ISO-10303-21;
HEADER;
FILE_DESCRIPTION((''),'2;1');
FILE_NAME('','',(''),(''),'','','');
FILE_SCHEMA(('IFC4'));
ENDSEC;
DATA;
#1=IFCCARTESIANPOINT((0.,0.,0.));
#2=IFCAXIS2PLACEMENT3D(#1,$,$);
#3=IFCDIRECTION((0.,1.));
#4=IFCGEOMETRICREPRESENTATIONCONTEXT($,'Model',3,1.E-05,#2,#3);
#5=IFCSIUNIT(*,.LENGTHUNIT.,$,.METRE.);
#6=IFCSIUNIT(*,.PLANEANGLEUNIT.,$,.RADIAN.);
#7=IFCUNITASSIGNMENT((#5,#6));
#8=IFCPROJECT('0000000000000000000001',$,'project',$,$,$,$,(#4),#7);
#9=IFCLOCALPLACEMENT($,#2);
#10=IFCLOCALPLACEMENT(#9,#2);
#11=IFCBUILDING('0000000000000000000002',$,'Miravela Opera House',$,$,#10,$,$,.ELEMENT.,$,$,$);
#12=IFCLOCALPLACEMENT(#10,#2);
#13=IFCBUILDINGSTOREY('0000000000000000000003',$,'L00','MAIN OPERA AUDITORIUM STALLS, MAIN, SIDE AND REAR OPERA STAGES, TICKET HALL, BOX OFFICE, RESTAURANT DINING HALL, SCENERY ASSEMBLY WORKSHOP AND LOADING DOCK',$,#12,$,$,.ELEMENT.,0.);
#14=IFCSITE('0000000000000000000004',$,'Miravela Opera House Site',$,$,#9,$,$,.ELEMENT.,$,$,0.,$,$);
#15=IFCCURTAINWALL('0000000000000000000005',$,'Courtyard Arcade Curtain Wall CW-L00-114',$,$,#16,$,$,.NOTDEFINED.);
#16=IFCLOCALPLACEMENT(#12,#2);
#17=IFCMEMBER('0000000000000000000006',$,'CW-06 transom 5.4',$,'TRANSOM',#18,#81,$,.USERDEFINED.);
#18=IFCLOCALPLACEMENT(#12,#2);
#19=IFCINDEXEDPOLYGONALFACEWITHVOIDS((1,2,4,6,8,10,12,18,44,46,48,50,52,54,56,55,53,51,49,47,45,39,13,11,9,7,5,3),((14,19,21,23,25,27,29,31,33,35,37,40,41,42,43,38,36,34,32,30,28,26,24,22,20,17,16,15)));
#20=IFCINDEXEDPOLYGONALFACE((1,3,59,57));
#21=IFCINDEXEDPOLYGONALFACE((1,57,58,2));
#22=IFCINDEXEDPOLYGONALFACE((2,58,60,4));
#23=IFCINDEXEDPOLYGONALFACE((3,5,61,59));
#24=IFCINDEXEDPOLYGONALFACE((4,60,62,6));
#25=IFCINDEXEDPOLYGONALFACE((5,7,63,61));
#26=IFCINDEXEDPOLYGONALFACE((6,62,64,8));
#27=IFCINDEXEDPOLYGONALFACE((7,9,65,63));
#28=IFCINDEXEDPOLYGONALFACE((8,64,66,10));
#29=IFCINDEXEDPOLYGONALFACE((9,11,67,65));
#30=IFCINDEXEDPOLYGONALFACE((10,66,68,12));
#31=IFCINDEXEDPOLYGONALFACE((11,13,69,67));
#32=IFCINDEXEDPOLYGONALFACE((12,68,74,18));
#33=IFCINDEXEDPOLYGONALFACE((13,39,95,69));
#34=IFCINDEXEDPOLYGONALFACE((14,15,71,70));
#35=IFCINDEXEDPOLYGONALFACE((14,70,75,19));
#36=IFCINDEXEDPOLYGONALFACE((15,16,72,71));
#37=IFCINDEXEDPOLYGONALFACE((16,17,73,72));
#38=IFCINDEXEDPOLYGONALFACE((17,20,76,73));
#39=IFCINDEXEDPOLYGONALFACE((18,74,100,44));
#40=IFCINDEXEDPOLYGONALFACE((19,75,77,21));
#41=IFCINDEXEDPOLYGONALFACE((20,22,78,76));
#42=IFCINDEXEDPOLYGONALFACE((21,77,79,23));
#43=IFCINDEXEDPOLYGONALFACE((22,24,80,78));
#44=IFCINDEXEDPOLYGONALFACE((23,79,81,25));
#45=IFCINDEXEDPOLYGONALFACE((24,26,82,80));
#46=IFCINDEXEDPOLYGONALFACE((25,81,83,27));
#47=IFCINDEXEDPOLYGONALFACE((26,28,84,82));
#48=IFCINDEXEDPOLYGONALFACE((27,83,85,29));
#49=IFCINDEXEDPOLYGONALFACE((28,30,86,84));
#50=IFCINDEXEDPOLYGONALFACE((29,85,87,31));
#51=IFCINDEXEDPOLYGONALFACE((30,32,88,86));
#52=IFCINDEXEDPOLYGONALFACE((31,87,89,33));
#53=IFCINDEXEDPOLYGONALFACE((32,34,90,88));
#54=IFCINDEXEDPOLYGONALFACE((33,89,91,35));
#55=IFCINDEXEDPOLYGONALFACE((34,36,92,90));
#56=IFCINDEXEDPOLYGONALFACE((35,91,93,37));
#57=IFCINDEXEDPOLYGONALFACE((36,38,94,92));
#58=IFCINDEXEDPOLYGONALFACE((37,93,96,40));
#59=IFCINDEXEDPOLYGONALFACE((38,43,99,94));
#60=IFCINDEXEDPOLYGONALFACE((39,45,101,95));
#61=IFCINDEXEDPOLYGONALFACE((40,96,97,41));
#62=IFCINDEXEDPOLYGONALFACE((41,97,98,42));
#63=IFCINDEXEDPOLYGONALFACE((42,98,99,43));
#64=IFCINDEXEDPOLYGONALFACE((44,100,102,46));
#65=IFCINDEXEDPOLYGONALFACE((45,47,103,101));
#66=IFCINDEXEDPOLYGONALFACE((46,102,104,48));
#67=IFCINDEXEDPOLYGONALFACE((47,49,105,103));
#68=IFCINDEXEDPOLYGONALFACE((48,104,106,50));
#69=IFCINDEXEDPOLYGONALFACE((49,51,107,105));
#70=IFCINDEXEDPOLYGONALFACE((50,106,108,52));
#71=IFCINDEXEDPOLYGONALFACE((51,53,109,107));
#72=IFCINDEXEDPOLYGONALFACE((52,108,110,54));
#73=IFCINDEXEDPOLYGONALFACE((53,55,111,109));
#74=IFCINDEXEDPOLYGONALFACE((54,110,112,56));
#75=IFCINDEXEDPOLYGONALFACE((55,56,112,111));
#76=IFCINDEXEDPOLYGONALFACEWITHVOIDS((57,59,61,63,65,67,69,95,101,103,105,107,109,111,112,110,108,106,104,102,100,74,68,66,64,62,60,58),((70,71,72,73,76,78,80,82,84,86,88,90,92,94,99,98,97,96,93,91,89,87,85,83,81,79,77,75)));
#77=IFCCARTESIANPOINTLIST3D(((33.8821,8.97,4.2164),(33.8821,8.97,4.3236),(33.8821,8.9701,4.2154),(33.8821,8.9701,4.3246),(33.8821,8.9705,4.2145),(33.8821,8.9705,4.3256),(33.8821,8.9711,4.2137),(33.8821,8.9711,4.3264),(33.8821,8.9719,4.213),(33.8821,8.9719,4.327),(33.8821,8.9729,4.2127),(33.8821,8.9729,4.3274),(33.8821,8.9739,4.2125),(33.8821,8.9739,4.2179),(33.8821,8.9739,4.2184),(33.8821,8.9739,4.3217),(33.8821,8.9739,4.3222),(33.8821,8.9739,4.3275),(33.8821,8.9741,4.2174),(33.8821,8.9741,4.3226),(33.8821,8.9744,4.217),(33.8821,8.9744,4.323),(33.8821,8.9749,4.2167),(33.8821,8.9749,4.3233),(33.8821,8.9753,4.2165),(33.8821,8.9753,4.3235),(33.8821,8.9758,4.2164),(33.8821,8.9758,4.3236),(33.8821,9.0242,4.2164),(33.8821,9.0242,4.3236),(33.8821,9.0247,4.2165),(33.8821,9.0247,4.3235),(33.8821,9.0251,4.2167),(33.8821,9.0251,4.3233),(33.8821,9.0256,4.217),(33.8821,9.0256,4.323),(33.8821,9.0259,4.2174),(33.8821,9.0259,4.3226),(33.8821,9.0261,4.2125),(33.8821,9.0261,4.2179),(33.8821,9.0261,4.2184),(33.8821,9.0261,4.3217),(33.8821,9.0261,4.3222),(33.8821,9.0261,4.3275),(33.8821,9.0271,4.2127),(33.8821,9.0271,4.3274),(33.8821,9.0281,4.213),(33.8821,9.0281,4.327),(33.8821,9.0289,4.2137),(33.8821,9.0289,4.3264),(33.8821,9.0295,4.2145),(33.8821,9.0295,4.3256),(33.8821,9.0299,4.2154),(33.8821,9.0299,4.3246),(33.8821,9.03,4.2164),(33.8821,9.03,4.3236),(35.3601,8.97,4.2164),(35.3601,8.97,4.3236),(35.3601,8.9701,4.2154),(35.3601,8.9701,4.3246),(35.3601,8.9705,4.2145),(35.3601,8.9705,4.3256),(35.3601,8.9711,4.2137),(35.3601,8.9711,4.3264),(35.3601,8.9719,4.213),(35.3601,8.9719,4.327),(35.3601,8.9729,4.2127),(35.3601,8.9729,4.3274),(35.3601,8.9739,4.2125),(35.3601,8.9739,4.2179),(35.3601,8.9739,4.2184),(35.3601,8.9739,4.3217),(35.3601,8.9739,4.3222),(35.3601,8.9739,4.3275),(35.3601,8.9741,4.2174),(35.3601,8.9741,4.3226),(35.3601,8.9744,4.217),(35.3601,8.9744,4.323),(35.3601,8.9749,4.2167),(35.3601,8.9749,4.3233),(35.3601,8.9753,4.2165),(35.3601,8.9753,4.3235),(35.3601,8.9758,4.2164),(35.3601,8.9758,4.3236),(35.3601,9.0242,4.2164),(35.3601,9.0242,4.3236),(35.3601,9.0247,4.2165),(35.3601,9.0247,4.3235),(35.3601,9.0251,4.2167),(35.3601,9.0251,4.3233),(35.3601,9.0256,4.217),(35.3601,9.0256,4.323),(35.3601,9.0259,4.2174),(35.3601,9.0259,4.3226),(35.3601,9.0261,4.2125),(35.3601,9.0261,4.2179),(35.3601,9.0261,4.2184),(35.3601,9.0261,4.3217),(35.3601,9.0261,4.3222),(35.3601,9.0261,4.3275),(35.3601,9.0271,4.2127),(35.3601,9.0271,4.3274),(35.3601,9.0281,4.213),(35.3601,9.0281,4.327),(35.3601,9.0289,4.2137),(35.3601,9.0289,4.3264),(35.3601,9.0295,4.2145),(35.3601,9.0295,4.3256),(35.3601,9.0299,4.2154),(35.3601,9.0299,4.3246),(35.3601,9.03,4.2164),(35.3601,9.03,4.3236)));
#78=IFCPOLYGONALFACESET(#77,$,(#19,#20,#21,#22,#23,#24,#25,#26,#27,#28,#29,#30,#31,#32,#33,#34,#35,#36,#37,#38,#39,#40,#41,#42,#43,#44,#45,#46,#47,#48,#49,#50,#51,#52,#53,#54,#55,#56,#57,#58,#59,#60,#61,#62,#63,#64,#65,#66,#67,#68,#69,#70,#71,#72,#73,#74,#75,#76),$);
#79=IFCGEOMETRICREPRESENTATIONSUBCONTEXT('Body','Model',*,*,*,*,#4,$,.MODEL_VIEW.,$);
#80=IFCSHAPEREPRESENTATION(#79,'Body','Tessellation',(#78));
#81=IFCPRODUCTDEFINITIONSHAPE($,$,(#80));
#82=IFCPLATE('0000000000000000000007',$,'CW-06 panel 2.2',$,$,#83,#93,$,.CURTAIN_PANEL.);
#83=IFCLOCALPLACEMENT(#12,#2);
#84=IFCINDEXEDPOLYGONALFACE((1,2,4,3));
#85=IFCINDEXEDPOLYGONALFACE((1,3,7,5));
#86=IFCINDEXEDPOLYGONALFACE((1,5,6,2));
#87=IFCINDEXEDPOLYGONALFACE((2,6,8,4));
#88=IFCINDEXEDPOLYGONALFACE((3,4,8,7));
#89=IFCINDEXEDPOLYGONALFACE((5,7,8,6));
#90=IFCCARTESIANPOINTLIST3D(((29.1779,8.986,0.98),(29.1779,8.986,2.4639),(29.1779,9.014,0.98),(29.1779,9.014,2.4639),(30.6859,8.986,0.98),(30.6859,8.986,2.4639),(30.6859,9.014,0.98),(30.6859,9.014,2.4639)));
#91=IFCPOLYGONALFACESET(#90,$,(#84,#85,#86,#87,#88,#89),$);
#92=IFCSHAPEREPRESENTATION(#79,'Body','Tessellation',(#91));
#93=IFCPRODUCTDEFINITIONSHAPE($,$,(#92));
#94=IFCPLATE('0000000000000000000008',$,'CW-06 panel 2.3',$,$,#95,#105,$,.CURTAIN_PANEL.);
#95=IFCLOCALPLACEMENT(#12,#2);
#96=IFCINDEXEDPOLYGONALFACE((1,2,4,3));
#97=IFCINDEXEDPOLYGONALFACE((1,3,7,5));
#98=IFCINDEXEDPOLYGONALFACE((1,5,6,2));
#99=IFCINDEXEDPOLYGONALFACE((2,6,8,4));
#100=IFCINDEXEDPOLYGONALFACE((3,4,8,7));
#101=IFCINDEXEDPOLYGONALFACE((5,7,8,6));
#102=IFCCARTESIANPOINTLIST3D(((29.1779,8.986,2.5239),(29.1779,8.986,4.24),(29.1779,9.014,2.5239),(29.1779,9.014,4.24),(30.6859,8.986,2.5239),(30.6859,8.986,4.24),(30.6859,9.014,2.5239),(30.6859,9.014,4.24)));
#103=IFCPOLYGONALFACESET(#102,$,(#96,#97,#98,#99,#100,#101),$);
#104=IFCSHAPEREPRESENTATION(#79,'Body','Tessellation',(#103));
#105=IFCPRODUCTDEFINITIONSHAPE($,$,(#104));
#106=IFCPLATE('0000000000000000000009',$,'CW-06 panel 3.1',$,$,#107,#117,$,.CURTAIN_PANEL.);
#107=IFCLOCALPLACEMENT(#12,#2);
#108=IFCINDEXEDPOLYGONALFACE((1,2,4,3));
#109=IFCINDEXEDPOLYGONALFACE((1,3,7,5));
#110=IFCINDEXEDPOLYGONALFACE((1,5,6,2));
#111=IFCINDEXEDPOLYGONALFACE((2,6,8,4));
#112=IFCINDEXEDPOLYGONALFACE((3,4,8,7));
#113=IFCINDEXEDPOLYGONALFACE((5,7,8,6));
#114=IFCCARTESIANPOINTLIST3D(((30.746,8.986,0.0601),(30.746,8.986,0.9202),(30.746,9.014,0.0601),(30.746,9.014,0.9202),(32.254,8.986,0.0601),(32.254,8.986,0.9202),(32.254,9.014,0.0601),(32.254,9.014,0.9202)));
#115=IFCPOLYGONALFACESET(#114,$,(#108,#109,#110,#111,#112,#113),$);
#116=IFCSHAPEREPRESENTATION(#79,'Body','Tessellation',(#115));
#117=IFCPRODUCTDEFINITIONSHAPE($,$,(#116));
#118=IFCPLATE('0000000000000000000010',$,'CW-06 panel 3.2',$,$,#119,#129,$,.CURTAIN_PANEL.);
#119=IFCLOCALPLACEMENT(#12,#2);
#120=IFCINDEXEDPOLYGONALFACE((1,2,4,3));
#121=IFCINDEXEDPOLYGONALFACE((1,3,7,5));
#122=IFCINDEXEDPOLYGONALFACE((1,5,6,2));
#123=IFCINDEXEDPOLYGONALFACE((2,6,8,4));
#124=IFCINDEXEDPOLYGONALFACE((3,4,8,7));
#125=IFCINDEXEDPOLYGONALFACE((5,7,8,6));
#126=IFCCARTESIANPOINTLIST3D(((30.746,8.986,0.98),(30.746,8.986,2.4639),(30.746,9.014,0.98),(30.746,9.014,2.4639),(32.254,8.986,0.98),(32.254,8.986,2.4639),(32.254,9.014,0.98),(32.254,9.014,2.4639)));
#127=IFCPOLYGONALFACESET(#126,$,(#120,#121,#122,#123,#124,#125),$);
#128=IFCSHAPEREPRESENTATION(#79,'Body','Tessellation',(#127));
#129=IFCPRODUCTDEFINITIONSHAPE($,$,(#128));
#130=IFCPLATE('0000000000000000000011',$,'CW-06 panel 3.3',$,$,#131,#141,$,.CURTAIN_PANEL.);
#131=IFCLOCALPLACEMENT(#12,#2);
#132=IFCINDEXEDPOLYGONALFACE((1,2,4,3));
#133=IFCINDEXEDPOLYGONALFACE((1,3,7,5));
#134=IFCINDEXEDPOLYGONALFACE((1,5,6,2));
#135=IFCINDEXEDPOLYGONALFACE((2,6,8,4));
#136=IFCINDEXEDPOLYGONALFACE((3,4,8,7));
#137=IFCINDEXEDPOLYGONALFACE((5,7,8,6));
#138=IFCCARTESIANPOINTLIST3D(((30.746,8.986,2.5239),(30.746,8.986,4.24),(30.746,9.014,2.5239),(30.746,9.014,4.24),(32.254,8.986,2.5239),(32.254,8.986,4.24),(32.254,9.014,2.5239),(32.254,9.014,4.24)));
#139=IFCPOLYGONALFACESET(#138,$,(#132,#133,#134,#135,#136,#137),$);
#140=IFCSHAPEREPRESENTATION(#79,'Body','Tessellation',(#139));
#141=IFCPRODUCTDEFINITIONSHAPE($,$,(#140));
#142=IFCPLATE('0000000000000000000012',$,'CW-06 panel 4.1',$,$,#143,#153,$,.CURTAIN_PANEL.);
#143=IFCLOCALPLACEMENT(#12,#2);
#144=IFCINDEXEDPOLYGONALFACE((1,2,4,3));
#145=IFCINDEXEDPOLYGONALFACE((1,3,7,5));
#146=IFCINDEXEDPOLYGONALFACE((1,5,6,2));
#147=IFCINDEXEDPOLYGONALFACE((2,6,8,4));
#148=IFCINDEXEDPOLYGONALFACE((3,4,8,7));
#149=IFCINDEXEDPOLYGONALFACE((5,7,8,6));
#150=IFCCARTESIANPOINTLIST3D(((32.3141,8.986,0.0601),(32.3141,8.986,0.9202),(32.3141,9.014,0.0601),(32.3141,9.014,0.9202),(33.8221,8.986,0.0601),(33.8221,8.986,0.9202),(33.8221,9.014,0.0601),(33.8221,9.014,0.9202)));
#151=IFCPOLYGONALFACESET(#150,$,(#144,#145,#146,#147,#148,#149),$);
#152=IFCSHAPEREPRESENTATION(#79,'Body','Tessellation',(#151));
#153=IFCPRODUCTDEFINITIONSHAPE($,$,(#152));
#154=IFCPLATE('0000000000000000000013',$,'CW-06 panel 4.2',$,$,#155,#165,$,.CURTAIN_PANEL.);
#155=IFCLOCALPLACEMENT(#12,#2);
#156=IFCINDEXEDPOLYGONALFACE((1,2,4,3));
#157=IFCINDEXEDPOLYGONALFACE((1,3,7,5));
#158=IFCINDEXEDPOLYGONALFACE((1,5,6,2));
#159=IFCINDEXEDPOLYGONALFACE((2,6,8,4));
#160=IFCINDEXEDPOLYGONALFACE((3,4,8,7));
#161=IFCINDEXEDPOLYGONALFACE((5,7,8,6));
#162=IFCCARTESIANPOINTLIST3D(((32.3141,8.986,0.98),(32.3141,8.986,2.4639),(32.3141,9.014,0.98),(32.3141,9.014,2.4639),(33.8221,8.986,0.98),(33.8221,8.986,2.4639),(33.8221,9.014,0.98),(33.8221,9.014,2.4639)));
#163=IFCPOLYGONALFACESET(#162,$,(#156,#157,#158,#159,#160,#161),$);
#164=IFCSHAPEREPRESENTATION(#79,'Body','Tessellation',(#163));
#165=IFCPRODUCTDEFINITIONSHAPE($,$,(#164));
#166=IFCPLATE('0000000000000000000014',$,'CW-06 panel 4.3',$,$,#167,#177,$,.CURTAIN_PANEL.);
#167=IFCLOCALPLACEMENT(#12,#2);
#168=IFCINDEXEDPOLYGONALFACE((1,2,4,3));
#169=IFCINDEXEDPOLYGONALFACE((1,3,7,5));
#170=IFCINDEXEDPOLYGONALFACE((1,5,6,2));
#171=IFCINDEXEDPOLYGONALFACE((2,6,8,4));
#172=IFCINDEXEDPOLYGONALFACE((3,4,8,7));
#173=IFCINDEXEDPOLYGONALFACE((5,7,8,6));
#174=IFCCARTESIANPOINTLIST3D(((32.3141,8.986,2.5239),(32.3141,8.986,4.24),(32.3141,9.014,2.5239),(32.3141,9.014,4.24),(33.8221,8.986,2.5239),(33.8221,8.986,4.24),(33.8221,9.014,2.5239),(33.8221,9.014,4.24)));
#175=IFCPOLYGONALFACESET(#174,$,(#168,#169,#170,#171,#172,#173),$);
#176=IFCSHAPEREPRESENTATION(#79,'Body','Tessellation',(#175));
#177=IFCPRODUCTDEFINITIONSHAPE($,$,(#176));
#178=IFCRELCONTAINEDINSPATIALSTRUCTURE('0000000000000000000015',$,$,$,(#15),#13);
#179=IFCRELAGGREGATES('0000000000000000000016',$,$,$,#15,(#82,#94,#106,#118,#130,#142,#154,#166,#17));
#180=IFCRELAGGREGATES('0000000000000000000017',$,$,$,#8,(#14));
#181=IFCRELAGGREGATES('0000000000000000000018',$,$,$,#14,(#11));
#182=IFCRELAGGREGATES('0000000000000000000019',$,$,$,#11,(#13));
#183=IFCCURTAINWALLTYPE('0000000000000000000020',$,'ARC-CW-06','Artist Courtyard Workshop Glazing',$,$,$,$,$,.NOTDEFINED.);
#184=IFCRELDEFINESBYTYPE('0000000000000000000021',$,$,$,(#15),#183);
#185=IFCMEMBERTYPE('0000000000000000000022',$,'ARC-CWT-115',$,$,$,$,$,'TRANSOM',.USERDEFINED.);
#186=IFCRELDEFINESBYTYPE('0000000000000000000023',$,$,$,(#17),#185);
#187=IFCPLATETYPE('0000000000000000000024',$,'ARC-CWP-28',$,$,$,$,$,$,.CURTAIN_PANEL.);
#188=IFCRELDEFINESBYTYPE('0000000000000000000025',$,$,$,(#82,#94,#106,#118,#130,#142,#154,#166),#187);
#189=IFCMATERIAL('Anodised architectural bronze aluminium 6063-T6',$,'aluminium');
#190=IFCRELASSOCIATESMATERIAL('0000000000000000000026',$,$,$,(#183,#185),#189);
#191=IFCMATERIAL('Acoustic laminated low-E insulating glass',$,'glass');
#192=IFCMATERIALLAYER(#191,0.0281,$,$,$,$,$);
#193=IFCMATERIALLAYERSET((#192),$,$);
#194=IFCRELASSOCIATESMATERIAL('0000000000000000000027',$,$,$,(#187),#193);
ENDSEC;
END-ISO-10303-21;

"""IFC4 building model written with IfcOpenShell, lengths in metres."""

from ifc_helpers import new_model, si_unit, direction, frame, origin, origin_2d, place, context, subcontext, project, spatial, rectangle, hollow_rectangle, extrude, material, layer, layer_set, material_profile, profile_set, type_object, element, aggregate, save


model = new_model("IFC4")

# Units and contexts
model_context = context("Model", 3, precision=1e-05, world=origin(), true_north=direction((0.0, 1.0)))
body_context = subcontext(model_context, "Body", "Model", "MODEL_VIEW")
ifc_project = project(units=[si_unit("LENGTHUNIT", "METRE"), si_unit("PLANEANGLEUNIT", "RADIAN")], contexts=[model_context])

# Site, building, storey
site_placement = place(None, origin())
site = spatial("IfcSite", under=ifc_project, at=site_placement, Name="Miravela Opera House Site", CompositionType="ELEMENT", RefElevation=0.0)
building_placement = place(site_placement, origin())
building = spatial("IfcBuilding", under=site, at=building_placement, Name="Miravela Opera House", CompositionType="ELEMENT")
storey_placement = place(building_placement, origin())
storey = spatial("IfcBuildingStorey", under=building, at=storey_placement, Name="L00", Description="MAIN OPERA AUDITORIUM STALLS, MAIN, SIDE AND REAR OPERA STAGES, TICKET HALL, BOX OFFICE, RESTAURANT DINING HALL, SCENERY ASSEMBLY WORKSHOP AND LOADING DOCK", CompositionType="ELEMENT", Elevation=0.0)

# Curtain wall, member, plates
ifc_material_1 = material(Name="Anodised architectural bronze aluminium 6063-T6", Category="aluminium")
curtain_wall_type = type_object("IfcCurtainWallType", Name="ARC-CW-06", Description="Artist Courtyard Workshop Glazing", PredefinedType="NOTDEFINED", material=ifc_material_1)
curtain_wall_placement = place(storey_placement, origin())
curtain_wall = element("IfcCurtainWall", 1, at=curtain_wall_placement, inside=storey, type_object=curtain_wall_type, Name="Courtyard Arcade Curtain Wall CW-L00-114", PredefinedType="NOTDEFINED")
ifc_material_profile_1 = material_profile(ifc_material_1, hollow_rectangle(XDim=0.0601, YDim=0.115, WallThickness=0.0039, InnerFilletRadius=0.002, OuterFilletRadius=0.0039, at=origin_2d()), Name="CWT-60X115")
ifc_profile_set_1 = profile_set([ifc_material_profile_1])
member_type_1 = type_object("IfcMemberType", Name="ARC-CWT-115", ElementType="TRANSOM", PredefinedType="USERDEFINED", material=ifc_profile_set_1)
member_1_placement = place(storey_placement, frame((33.8821, 9.0, 4.27), z_axis=(1.0, 0.0, 0.0), x_axis=(0.0, 1.0, 0.0)))
member_1 = element("IfcMember", 2, at=member_1_placement, type_object=member_type_1, Name="CW-06 transom 5.4", ObjectType="TRANSOM", PredefinedType="USERDEFINED", context=body_context, shape_type="SweptSolid", body=[
    extrude(hollow_rectangle(XDim=0.0601, YDim=0.115, WallThickness=0.0039, InnerFilletRadius=0.002, OuterFilletRadius=0.0039, at=origin_2d()), origin(), (0.0, 0.0, 1.0), 1.478),
])
ifc_material_2 = material(Name="Acoustic laminated low-E insulating glass", Category="glass")
ifc_layer = layer(ifc_material_2, 0.0281)
ifc_layer_set = layer_set([ifc_layer])
plate_type = type_object("IfcPlateType", Name="ARC-CWP-28", PredefinedType="CURTAIN_PANEL", material=ifc_layer_set)
plate_1_placement = place(storey_placement, frame((29.9319, 9.0, 0.98), z_axis=(0.0, 0.0, 1.0), x_axis=(1.0, 0.0, 0.0)))
plate_1 = element("IfcPlate", 3, at=plate_1_placement, type_object=plate_type, Name="CW-06 panel 2.2", PredefinedType="CURTAIN_PANEL", context=body_context, shape_type="SweptSolid", body=[
    extrude(rectangle(XDim=1.5081, YDim=0.0281, at=origin_2d()), origin(), (0.0, 0.0, 1.0), 1.4839),
])
plate_2_placement = place(storey_placement, frame((29.9319, 9.0, 2.5239), z_axis=(0.0, 0.0, 1.0), x_axis=(1.0, 0.0, 0.0)))
plate_2 = element("IfcPlate", 4, at=plate_2_placement, type_object=plate_type, Name="CW-06 panel 2.3", PredefinedType="CURTAIN_PANEL", context=body_context, shape_type="SweptSolid", body=[
    extrude(rectangle(XDim=1.5081, YDim=0.0281, at=origin_2d()), origin(), (0.0, 0.0, 1.0), 1.7161),
])
plate_3_placement = place(storey_placement, frame((31.5, 9.0, 0.0601), z_axis=(0.0, 0.0, 1.0), x_axis=(1.0, 0.0, 0.0)))
plate_3 = element("IfcPlate", 5, at=plate_3_placement, type_object=plate_type, Name="CW-06 panel 3.1", PredefinedType="CURTAIN_PANEL", context=body_context, shape_type="SweptSolid", body=[
    extrude(rectangle(XDim=1.5081, YDim=0.0281, at=origin_2d()), origin(), (0.0, 0.0, 1.0), 0.8601),
])
plate_4_placement = place(storey_placement, frame((31.5, 9.0, 0.98), z_axis=(0.0, 0.0, 1.0), x_axis=(1.0, 0.0, 0.0)))
plate_4 = element("IfcPlate", 6, at=plate_4_placement, type_object=plate_type, Name="CW-06 panel 3.2", PredefinedType="CURTAIN_PANEL", context=body_context, shape_type="SweptSolid", body=[
    extrude(rectangle(XDim=1.5081, YDim=0.0281, at=origin_2d()), origin(), (0.0, 0.0, 1.0), 1.4839),
])
plate_5_placement = place(storey_placement, frame((31.5, 9.0, 2.5239), z_axis=(0.0, 0.0, 1.0), x_axis=(1.0, 0.0, 0.0)))
plate_5 = element("IfcPlate", 7, at=plate_5_placement, type_object=plate_type, Name="CW-06 panel 3.3", PredefinedType="CURTAIN_PANEL", context=body_context, shape_type="SweptSolid", body=[
    extrude(rectangle(XDim=1.5081, YDim=0.0281, at=origin_2d()), origin(), (0.0, 0.0, 1.0), 1.7161),
])
plate_6_placement = place(storey_placement, frame((33.0681, 9.0, 0.0601), z_axis=(0.0, 0.0, 1.0), x_axis=(1.0, 0.0, 0.0)))
plate_6 = element("IfcPlate", 8, at=plate_6_placement, type_object=plate_type, Name="CW-06 panel 4.1", PredefinedType="CURTAIN_PANEL", context=body_context, shape_type="SweptSolid", body=[
    extrude(rectangle(XDim=1.5081, YDim=0.0281, at=origin_2d()), origin(), (0.0, 0.0, 1.0), 0.8601),
])
plate_7_placement = place(storey_placement, frame((33.0681, 9.0, 0.98), z_axis=(0.0, 0.0, 1.0), x_axis=(1.0, 0.0, 0.0)))
plate_7 = element("IfcPlate", 9, at=plate_7_placement, type_object=plate_type, Name="CW-06 panel 4.2", PredefinedType="CURTAIN_PANEL", context=body_context, shape_type="SweptSolid", body=[
    extrude(rectangle(XDim=1.5081, YDim=0.0281, at=origin_2d()), origin(), (0.0, 0.0, 1.0), 1.4839),
])
plate_8_placement = place(storey_placement, frame((33.0681, 9.0, 2.5239), z_axis=(0.0, 0.0, 1.0), x_axis=(1.0, 0.0, 0.0)))
plate_8 = element("IfcPlate", 10, at=plate_8_placement, type_object=plate_type, Name="CW-06 panel 4.3", PredefinedType="CURTAIN_PANEL", context=body_context, shape_type="SweptSolid", body=[
    extrude(rectangle(XDim=1.5081, YDim=0.0281, at=origin_2d()), origin(), (0.0, 0.0, 1.0), 1.7161),
])
aggregate(curtain_wall, [plate_1, plate_2, plate_3, plate_4, plate_5, plate_6, plate_7, plate_8, member_1])

save(model, "model.ifc")
